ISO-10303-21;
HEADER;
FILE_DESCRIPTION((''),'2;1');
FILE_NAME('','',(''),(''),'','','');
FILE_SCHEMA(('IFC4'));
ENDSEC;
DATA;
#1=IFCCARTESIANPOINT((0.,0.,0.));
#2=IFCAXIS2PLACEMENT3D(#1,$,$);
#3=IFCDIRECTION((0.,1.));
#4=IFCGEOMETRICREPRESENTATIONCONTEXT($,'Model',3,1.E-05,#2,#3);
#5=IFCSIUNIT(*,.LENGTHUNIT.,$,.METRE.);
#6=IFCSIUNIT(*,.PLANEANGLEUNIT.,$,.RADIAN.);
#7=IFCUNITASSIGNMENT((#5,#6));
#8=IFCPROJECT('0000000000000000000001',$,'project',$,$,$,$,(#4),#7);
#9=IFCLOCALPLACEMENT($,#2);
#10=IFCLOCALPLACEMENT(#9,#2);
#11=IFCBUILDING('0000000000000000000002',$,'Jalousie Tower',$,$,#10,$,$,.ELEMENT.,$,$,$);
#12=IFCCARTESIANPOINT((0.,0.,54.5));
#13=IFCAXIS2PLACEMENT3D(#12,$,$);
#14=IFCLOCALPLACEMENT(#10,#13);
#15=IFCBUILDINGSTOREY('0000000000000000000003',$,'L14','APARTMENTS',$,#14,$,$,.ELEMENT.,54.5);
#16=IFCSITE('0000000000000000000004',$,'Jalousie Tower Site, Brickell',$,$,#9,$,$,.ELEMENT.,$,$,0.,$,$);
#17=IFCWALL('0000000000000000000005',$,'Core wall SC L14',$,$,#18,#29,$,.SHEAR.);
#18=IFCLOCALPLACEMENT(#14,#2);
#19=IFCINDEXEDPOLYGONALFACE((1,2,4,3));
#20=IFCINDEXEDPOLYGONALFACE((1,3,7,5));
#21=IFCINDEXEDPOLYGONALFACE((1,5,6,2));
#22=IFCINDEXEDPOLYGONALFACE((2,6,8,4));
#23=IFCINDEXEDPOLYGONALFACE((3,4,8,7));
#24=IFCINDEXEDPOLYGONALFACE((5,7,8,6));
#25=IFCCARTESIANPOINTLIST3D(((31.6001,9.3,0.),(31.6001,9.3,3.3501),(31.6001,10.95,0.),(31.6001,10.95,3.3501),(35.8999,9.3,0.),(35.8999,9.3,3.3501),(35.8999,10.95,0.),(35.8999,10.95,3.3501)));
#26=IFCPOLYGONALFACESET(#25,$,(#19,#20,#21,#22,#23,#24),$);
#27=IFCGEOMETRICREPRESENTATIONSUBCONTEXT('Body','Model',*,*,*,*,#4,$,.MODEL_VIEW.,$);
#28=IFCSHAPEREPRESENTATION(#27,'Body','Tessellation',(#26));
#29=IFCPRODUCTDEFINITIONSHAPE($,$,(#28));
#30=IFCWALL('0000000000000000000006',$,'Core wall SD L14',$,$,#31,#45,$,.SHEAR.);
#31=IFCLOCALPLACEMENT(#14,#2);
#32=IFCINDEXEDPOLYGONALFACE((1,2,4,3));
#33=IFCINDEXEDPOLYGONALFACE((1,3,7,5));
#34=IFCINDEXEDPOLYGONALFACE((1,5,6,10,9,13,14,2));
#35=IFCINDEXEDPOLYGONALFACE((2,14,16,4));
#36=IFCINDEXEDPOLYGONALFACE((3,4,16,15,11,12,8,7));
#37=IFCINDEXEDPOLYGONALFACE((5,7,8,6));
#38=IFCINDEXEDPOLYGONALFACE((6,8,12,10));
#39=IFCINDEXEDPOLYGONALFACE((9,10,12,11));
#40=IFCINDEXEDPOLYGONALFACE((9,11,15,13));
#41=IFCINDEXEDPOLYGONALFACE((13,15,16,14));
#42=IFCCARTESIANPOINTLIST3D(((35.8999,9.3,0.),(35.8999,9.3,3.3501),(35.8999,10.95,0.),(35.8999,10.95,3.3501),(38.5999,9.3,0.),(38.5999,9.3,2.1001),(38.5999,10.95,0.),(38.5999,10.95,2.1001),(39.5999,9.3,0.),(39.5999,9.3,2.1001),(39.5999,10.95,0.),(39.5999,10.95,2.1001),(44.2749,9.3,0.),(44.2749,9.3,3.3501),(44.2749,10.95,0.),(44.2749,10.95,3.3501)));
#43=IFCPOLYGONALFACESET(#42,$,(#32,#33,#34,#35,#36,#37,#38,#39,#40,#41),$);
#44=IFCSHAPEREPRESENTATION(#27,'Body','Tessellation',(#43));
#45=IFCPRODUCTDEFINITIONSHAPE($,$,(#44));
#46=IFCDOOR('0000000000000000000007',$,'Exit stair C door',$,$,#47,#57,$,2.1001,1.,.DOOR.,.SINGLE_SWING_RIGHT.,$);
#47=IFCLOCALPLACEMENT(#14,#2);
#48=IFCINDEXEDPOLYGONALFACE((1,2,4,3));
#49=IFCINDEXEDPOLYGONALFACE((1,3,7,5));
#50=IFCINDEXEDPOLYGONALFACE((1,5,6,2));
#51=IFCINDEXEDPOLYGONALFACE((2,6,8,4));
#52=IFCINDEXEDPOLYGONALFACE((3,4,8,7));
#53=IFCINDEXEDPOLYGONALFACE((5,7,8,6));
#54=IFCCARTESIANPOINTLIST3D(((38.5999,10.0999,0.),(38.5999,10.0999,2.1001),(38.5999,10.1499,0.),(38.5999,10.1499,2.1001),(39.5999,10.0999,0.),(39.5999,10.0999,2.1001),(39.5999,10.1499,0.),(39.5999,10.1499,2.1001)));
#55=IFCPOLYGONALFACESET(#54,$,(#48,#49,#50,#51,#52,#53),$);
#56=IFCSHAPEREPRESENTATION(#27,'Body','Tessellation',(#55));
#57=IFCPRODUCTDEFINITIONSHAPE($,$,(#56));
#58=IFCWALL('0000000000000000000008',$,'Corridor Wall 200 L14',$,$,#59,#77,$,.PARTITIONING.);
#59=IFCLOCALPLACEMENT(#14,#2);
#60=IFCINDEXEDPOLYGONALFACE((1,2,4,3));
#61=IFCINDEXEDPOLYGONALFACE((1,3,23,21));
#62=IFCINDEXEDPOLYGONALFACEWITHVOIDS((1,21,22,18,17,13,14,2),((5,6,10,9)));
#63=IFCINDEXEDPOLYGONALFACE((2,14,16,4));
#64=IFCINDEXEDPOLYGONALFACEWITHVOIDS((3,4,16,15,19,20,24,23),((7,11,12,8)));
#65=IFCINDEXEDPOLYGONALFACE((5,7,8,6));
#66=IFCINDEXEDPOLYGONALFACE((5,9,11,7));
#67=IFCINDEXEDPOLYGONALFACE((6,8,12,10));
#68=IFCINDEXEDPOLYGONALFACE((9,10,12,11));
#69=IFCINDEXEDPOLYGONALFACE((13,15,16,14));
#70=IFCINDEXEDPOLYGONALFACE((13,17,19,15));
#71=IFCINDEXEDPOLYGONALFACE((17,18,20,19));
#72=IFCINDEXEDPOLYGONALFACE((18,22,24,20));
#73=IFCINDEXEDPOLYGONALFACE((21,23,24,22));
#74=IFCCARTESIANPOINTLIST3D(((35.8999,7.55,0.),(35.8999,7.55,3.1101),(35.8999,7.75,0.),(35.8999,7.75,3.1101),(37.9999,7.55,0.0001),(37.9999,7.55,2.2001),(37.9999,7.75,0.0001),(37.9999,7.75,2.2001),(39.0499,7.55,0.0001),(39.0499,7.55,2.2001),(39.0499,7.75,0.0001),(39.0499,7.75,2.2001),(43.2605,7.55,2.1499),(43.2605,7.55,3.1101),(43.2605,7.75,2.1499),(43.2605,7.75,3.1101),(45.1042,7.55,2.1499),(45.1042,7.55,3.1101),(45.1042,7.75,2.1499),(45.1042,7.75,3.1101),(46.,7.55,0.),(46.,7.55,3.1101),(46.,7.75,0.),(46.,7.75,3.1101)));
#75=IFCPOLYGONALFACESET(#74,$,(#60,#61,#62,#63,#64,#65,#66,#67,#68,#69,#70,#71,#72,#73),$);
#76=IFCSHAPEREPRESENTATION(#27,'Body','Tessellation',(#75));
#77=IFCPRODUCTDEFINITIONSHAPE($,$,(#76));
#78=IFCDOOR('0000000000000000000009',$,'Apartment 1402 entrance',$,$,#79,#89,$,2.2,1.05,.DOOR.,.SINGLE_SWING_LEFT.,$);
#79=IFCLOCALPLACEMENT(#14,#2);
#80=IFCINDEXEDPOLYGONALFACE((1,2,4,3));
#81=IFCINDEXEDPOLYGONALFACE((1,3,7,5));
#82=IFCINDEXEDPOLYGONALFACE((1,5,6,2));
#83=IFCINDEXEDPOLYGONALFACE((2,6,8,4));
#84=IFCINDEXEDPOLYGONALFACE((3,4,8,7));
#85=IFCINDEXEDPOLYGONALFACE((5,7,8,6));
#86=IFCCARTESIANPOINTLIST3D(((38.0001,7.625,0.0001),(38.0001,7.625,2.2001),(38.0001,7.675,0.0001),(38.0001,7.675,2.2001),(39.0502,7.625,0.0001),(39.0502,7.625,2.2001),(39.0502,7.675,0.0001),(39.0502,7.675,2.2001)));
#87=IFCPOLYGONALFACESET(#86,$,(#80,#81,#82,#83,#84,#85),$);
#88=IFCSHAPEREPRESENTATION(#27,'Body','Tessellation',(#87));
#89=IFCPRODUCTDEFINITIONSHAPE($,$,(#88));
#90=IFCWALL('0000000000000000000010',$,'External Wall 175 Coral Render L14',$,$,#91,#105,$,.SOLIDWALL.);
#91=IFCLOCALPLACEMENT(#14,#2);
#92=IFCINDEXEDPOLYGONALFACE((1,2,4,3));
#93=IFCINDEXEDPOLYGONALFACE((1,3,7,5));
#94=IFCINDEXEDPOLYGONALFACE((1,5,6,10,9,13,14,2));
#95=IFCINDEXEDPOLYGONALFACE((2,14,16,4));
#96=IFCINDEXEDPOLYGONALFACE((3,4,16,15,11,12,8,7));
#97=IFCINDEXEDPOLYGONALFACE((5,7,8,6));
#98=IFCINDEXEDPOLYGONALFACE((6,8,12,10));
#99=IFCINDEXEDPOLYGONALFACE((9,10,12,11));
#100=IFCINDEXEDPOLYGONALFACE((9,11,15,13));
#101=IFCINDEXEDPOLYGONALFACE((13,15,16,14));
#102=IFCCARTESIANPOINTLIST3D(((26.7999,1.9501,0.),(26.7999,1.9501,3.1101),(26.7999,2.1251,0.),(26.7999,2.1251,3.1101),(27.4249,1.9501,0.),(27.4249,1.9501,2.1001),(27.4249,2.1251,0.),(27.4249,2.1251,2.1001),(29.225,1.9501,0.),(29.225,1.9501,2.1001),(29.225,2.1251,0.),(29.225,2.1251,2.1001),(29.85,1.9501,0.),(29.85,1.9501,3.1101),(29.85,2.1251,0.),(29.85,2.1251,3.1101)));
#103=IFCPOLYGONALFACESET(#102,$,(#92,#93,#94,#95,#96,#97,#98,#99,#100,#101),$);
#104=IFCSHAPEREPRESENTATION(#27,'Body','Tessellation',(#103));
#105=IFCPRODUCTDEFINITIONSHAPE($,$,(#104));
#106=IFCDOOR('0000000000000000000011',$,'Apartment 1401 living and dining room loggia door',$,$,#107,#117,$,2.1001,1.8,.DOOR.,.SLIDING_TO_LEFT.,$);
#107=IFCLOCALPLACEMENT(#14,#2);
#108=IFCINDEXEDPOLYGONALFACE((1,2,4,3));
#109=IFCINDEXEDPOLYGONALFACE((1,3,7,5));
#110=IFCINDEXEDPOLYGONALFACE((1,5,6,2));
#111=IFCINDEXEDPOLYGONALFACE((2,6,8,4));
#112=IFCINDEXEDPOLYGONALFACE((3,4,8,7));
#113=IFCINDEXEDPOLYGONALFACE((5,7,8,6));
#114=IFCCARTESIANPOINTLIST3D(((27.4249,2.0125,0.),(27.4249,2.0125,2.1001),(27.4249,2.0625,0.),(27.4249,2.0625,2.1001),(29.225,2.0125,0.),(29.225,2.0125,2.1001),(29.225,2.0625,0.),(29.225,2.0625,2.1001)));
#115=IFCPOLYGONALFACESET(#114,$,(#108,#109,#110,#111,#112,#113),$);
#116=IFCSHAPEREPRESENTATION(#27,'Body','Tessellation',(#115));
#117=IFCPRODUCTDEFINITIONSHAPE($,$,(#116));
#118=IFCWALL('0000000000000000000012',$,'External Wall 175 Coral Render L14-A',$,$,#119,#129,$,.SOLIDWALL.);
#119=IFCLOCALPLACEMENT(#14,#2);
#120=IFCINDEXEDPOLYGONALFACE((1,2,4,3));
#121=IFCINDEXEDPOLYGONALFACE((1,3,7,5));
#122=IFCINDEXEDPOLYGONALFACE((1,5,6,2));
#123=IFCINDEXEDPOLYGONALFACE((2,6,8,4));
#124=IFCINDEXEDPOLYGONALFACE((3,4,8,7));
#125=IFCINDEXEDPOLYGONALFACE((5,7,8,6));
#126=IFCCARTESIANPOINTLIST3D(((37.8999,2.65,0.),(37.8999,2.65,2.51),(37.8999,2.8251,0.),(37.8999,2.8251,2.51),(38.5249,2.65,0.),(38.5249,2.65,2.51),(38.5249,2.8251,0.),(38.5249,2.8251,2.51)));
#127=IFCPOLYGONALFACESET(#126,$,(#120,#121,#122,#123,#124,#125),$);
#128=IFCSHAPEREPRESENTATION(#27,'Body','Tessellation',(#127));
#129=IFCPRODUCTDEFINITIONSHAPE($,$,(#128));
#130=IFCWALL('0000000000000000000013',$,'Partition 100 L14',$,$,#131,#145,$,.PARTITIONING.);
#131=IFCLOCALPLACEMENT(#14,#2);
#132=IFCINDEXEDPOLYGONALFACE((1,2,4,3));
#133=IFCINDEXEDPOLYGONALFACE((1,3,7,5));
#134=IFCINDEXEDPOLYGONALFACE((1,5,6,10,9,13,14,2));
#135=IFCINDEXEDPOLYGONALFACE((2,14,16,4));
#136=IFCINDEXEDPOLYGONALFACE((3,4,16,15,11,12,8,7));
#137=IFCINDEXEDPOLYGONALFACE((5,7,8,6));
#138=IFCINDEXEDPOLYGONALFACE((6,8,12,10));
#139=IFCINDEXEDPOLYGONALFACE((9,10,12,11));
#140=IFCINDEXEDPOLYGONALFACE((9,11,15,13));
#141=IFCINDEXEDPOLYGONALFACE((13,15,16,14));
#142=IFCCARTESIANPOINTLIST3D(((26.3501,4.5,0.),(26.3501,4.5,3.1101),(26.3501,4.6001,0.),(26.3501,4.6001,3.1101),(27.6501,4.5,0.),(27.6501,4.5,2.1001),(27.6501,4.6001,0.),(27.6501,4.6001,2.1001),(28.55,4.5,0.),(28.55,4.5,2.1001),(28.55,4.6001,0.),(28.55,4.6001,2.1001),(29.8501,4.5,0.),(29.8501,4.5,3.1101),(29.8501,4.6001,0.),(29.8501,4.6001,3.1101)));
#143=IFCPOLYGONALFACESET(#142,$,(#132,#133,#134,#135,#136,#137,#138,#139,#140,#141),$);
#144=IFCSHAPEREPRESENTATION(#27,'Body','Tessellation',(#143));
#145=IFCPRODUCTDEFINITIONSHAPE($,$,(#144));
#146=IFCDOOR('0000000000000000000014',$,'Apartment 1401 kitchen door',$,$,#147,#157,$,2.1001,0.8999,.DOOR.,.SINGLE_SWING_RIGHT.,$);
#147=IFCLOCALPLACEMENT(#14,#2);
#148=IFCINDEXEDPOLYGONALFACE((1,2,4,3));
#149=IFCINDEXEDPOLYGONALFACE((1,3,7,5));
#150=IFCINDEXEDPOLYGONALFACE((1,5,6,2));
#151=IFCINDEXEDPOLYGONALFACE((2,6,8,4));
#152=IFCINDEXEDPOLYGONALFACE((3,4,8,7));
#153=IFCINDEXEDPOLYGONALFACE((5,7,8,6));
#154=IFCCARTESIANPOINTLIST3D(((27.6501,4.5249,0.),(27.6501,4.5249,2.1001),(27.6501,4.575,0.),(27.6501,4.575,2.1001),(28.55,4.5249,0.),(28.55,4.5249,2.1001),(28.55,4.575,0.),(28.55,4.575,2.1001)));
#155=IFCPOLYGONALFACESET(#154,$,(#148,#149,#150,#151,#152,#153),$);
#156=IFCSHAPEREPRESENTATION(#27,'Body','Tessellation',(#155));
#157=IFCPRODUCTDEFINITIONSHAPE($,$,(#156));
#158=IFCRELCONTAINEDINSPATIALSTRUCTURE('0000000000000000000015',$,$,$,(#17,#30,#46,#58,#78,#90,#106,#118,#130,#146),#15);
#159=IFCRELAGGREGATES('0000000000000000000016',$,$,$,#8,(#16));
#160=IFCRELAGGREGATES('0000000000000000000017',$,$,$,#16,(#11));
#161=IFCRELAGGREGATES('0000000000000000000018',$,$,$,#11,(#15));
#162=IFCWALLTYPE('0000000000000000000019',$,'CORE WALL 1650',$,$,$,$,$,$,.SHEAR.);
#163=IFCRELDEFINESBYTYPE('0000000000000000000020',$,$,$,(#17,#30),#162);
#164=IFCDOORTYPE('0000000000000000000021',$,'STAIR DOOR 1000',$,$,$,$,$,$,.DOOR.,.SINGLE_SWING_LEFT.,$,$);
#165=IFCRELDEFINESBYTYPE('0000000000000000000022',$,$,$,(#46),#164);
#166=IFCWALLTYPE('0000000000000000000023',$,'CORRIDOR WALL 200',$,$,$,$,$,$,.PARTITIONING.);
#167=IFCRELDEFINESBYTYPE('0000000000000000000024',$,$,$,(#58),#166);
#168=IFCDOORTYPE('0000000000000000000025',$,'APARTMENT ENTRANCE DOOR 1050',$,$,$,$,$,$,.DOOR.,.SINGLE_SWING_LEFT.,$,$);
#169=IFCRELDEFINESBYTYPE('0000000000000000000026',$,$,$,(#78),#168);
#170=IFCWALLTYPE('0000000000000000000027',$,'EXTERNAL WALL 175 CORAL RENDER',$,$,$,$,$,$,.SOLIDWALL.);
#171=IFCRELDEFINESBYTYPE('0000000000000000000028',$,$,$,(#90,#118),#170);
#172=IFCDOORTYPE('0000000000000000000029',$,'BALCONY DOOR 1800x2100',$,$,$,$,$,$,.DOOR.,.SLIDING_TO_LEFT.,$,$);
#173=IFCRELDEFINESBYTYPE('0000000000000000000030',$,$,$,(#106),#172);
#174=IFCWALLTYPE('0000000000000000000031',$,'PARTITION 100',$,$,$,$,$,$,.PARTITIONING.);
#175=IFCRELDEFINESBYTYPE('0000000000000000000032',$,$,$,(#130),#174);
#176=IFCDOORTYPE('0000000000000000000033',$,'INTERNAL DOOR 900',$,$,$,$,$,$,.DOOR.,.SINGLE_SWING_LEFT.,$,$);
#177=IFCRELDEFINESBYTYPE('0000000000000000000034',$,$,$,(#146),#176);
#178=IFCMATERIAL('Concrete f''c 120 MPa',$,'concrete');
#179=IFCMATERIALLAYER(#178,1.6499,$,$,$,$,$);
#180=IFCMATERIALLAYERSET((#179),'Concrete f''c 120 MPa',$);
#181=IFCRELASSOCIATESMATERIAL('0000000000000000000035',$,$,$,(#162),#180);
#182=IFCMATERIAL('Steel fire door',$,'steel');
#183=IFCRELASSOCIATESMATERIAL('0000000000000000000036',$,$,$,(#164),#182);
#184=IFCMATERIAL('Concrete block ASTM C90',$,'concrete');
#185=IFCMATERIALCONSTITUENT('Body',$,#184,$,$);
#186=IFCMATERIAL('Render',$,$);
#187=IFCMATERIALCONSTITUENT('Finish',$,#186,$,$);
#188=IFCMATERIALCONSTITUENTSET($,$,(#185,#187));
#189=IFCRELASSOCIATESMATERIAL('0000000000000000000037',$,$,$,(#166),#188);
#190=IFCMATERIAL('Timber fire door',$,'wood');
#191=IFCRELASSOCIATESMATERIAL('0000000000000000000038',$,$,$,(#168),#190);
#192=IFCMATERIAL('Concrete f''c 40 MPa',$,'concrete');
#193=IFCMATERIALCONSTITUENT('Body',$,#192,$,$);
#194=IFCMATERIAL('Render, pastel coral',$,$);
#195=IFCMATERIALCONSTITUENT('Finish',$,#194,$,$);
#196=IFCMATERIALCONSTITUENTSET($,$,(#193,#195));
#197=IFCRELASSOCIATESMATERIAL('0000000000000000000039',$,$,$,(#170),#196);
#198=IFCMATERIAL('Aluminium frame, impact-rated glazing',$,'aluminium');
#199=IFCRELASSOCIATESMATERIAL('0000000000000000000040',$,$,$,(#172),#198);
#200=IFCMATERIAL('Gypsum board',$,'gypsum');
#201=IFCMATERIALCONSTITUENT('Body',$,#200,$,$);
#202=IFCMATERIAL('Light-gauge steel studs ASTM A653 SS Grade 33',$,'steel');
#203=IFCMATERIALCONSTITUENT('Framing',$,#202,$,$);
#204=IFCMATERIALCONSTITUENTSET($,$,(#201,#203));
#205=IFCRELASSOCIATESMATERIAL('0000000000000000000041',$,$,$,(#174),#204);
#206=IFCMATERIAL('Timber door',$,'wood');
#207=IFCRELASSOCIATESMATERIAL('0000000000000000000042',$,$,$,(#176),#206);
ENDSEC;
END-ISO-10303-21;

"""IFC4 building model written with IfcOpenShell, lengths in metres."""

from ifc_helpers import new_model, si_unit, direction, frame, frame_2d, origin, place, context, subcontext, project, spatial, polyline, rectangle, outline, extrude, material, layer, layer_set, constituent, constituent_set, type_object, element, fill, save


model = new_model("IFC4")

# Units and contexts
model_context = context("Model", 3, precision=1e-05, world=origin(), true_north=direction((0.0, 1.0)))
body_context = subcontext(model_context, "Body", "Model", "MODEL_VIEW")
ifc_project = project(units=[si_unit("LENGTHUNIT", "METRE"), si_unit("PLANEANGLEUNIT", "RADIAN")], contexts=[model_context])

# Site, building, storey
site_placement = place(None, origin())
site = spatial("IfcSite", under=ifc_project, at=site_placement, Name="Jalousie Tower Site, Brickell", CompositionType="ELEMENT", RefElevation=0.0)
building_placement = place(site_placement, origin())
building = spatial("IfcBuilding", under=site, at=building_placement, Name="Jalousie Tower", CompositionType="ELEMENT")
storey_placement = place(building_placement, frame((0.0, 0.0, 54.5)))
storey = spatial("IfcBuildingStorey", under=building, at=storey_placement, Name="L14", Description="APARTMENTS", CompositionType="ELEMENT", Elevation=54.5)

# Wall
ifc_material_1 = material(Name="Concrete f'c 120 MPa", Category="concrete")
ifc_layer_1 = layer(ifc_material_1, 1.6499)
ifc_layer_set_1 = layer_set([ifc_layer_1], Name="Concrete f'c 120 MPa")
wall_type_1 = type_object("IfcWallType", Name="CORE WALL 1650", PredefinedType="SHEAR", material=ifc_layer_set_1)
wall_1_placement = place(storey_placement, frame((31.6001, 10.125, 0.0), z_axis=(0.0, 0.0, 1.0), x_axis=(1.0, 0.0, 0.0)))
element("IfcWall", 1, at=wall_1_placement, inside=storey, type_object=wall_type_1, Name="Core wall SC L14", PredefinedType="SHEAR", context=body_context, shape_type="SweptSolid", body=[
    extrude(rectangle(XDim=4.2998, YDim=1.6499, at=frame_2d((2.1499, 0.0))), origin(), (0.0, 0.0, 1.0), 3.3501),
])

# Walls, openings, doors
wall_2_placement = place(storey_placement, frame((35.8999, 10.125, 0.0), z_axis=(0.0, 0.0, 1.0), x_axis=(1.0, 0.0, 0.0)))
wall_2 = element("IfcWall", 2, at=wall_2_placement, inside=storey, type_object=wall_type_1, Name="Core wall SD L14", PredefinedType="SHEAR", context=body_context, shape_type="SweptSolid", body=[
    extrude(rectangle(XDim=8.375, YDim=1.6499, at=frame_2d((4.1875, 0.0))), origin(), (0.0, 0.0, 1.0), 3.3501),
])
opening_1_placement = place(wall_2_placement, frame((2.7, 0.0, 0.0)))
opening_1 = element("IfcOpeningElement", 3, at=opening_1_placement, cuts=wall_2, PredefinedType="OPENING", context=body_context, shape_type="SweptSolid", body=[
    extrude(rectangle(XDim=1.0, YDim=2.1001, at=frame_2d((0.5, 1.05))), frame((0.0, 0.835, 0.0), z_axis=(0.0, -1.0, 0.0), x_axis=(1.0, 0.0, 0.0)), (0.0, 0.0, 1.0), 1.6699),
])
ifc_material_2 = material(Name="Steel fire door", Category="steel")
door_type_1 = type_object("IfcDoorType", Name="STAIR DOOR 1000", OperationType="SINGLE_SWING_LEFT", PredefinedType="DOOR", material=ifc_material_2)
door_1_placement = place(opening_1_placement, origin())
door_1 = element("IfcDoor", 4, at=door_1_placement, inside=storey, type_object=door_type_1, Name="Exit stair C door", OperationType="SINGLE_SWING_RIGHT", OverallHeight=2.1001, OverallWidth=1.0, PredefinedType="DOOR", context=body_context, shape_type="SweptSolid", body=[
    extrude(rectangle(XDim=1.0, YDim=2.1001, at=frame_2d((0.5, 1.05))), frame((0.0, 0.0249, 0.0), z_axis=(0.0, -1.0, 0.0), x_axis=(1.0, 0.0, 0.0)), (0.0, 0.0, 1.0), 0.05),
])
fill(opening_1, door_1)
ifc_material_3 = material(Name="Concrete block ASTM C90", Category="concrete")
ifc_constituent_1 = constituent(ifc_material_3, Name="Body")
ifc_material_4 = material(Name="Render")
ifc_constituent_2 = constituent(ifc_material_4, Name="Finish")
ifc_constituent_set_1 = constituent_set(constituents=[ifc_constituent_1, ifc_constituent_2])
wall_type_2 = type_object("IfcWallType", Name="CORRIDOR WALL 200", PredefinedType="PARTITIONING", material=ifc_constituent_set_1)
wall_3_placement = place(storey_placement, frame((35.8999, 7.6499, 0.0), z_axis=(0.0, 0.0, 1.0), x_axis=(1.0, 0.0, 0.0)))
wall_3 = element("IfcWall", 5, at=wall_3_placement, inside=storey, type_object=wall_type_2, Name="Corridor Wall 200 L14", PredefinedType="PARTITIONING", context=body_context, shape_type="SweptSolid", body=[
    extrude(outline(polyline([(0.0, 0.0), (10.1001, 0.0), (10.1001, 3.1101), (9.2043, 3.1101), (9.2043, 2.1499), (7.3606, 2.1499), (7.3606, 3.1101), (0.0, 3.1101), (0.0, 0.0)])), frame((0.0, 0.1001, 0.0), z_axis=(0.0, -1.0, 0.0), x_axis=(1.0, 0.0, 0.0)), (0.0, 0.0, 1.0), 0.2),
])
opening_2_placement = place(wall_3_placement, frame((2.1001, 0.0, 0.0)))
opening_2 = element("IfcOpeningElement", 6, at=opening_2_placement, cuts=wall_3, PredefinedType="OPENING", context=body_context, shape_type="SweptSolid", body=[
    extrude(rectangle(XDim=1.05, YDim=2.2, at=frame_2d((0.5249, 1.1001))), frame((0.0, 0.1099, 0.0), z_axis=(0.0, -1.0, 0.0), x_axis=(1.0, 0.0, 0.0)), (0.0, 0.0, 1.0), 0.22),
])
ifc_material_5 = material(Name="Timber fire door", Category="wood")
door_type_2 = type_object("IfcDoorType", Name="APARTMENT ENTRANCE DOOR 1050", OperationType="SINGLE_SWING_LEFT", PredefinedType="DOOR", material=ifc_material_5)
door_2_placement = place(opening_2_placement, frame((1.05, 0.0, 0.0), z_axis=(0.0, 0.0, 1.0), x_axis=(-1.0, 0.0, 0.0)))
door_2 = element("IfcDoor", 7, at=door_2_placement, inside=storey, type_object=door_type_2, Name="Apartment 1402 entrance", OperationType="SINGLE_SWING_LEFT", OverallHeight=2.2, OverallWidth=1.05, PredefinedType="DOOR", context=body_context, shape_type="SweptSolid", body=[
    extrude(rectangle(XDim=1.05, YDim=2.2, at=frame_2d((0.5249, 1.1001))), frame((0.0, 0.0249, 0.0), z_axis=(0.0, -1.0, 0.0), x_axis=(1.0, 0.0, 0.0)), (0.0, 0.0, 1.0), 0.05),
])
fill(opening_2, door_2)
ifc_material_6 = material(Name="Concrete f'c 40 MPa", Category="concrete")
ifc_constituent_3 = constituent(ifc_material_6, Name="Body")
ifc_material_7 = material(Name="Render, pastel coral")
ifc_constituent_4 = constituent(ifc_material_7, Name="Finish")
ifc_constituent_set_2 = constituent_set(constituents=[ifc_constituent_3, ifc_constituent_4])
wall_type_3 = type_object("IfcWallType", Name="EXTERNAL WALL 175 CORAL RENDER", PredefinedType="SOLIDWALL", material=ifc_constituent_set_2)
wall_4_placement = place(storey_placement, frame((26.8, 2.0376, 0.0), z_axis=(0.0, 0.0, 1.0), x_axis=(1.0, 0.0, 0.0)))
wall_4 = element("IfcWall", 8, at=wall_4_placement, inside=storey, type_object=wall_type_3, Name="External Wall 175 Coral Render L14", PredefinedType="SOLIDWALL", context=body_context, shape_type="SweptSolid", body=[
    extrude(rectangle(XDim=3.05, YDim=0.175, at=frame_2d((1.5249, 0.0))), origin(), (0.0, 0.0, 1.0), 3.1101),
])
opening_3_placement = place(wall_4_placement, frame((0.625, 0.0, 0.0)))
opening_3 = element("IfcOpeningElement", 9, at=opening_3_placement, cuts=wall_4, PredefinedType="OPENING", context=body_context, shape_type="SweptSolid", body=[
    extrude(rectangle(XDim=1.8, YDim=2.1001, at=frame_2d((0.8999, 1.05))), frame((0.0, 0.0974, 0.0), z_axis=(0.0, -1.0, 0.0), x_axis=(1.0, 0.0, 0.0)), (0.0, 0.0, 1.0), 0.1951),
])
ifc_material_8 = material(Name="Aluminium frame, impact-rated glazing", Category="aluminium")
door_type_3 = type_object("IfcDoorType", Name="BALCONY DOOR 1800x2100", OperationType="SLIDING_TO_LEFT", PredefinedType="DOOR", material=ifc_material_8)
door_3_placement = place(opening_3_placement, origin())
door_3 = element("IfcDoor", 10, at=door_3_placement, inside=storey, type_object=door_type_3, Name="Apartment 1401 living and dining room loggia door", OperationType="SLIDING_TO_LEFT", OverallHeight=2.1001, OverallWidth=1.8, PredefinedType="DOOR", context=body_context, shape_type="SweptSolid", body=[
    extrude(rectangle(XDim=1.8, YDim=2.1001, at=frame_2d((0.8999, 1.05))), frame((0.0, 0.0249, 0.0), z_axis=(0.0, -1.0, 0.0), x_axis=(1.0, 0.0, 0.0)), (0.0, 0.0, 1.0), 0.05),
])
fill(opening_3, door_3)

# Wall
wall_5_placement = place(storey_placement, frame((37.8999, 2.7375, 0.0), z_axis=(0.0, 0.0, 1.0), x_axis=(1.0, 0.0, 0.0)))
element("IfcWall", 11, at=wall_5_placement, inside=storey, type_object=wall_type_3, Name="External Wall 175 Coral Render L14-A", PredefinedType="SOLIDWALL", context=body_context, shape_type="SweptSolid", body=[
    extrude(rectangle(XDim=0.625, YDim=0.175, at=frame_2d((0.3125, 0.0))), origin(), (0.0, 0.0, 1.0), 2.51),
])

# Wall, opening, door
ifc_material_9 = material(Name="Gypsum board", Category="gypsum")
ifc_constituent_5 = constituent(ifc_material_9, Name="Body")
ifc_material_10 = material(Name="Light-gauge steel studs ASTM A653 SS Grade 33", Category="steel")
ifc_constituent_6 = constituent(ifc_material_10, Name="Framing")
ifc_constituent_set_3 = constituent_set(constituents=[ifc_constituent_5, ifc_constituent_6])
wall_type_4 = type_object("IfcWallType", Name="PARTITION 100", PredefinedType="PARTITIONING", material=ifc_constituent_set_3)
wall_6_placement = place(storey_placement, frame((26.3501, 4.55, 0.0), z_axis=(0.0, 0.0, 1.0), x_axis=(1.0, 0.0, 0.0)))
wall_6 = element("IfcWall", 12, at=wall_6_placement, inside=storey, type_object=wall_type_4, Name="Partition 100 L14", PredefinedType="PARTITIONING", context=body_context, shape_type="SweptSolid", body=[
    extrude(rectangle(XDim=3.5, YDim=0.1001, at=frame_2d((1.75, 0.0))), origin(), (0.0, 0.0, 1.0), 3.1101),
])
opening_4_placement = place(wall_6_placement, frame((1.3, 0.0, 0.0)))
opening_4 = element("IfcOpeningElement", 13, at=opening_4_placement, cuts=wall_6, PredefinedType="OPENING", context=body_context, shape_type="SweptSolid", body=[
    extrude(rectangle(XDim=0.8999, YDim=2.1001, at=frame_2d((0.45, 1.05))), frame((0.0, 0.0601, 0.0), z_axis=(0.0, -1.0, 0.0), x_axis=(1.0, 0.0, 0.0)), (0.0, 0.0, 1.0), 0.1201),
])
ifc_material_11 = material(Name="Timber door", Category="wood")
door_type_4 = type_object("IfcDoorType", Name="INTERNAL DOOR 900", OperationType="SINGLE_SWING_LEFT", PredefinedType="DOOR", material=ifc_material_11)
door_4_placement = place(opening_4_placement, origin())
door_4 = element("IfcDoor", 14, at=door_4_placement, inside=storey, type_object=door_type_4, Name="Apartment 1401 kitchen door", OperationType="SINGLE_SWING_RIGHT", OverallHeight=2.1001, OverallWidth=0.8999, PredefinedType="DOOR", context=body_context, shape_type="SweptSolid", body=[
    extrude(rectangle(XDim=0.8999, YDim=2.1001, at=frame_2d((0.45, 1.05))), frame((0.0, 0.0249, 0.0), z_axis=(0.0, -1.0, 0.0), x_axis=(1.0, 0.0, 0.0)), (0.0, 0.0, 1.0), 0.05),
])
fill(opening_4, door_4)

save(model, "model.ifc")
